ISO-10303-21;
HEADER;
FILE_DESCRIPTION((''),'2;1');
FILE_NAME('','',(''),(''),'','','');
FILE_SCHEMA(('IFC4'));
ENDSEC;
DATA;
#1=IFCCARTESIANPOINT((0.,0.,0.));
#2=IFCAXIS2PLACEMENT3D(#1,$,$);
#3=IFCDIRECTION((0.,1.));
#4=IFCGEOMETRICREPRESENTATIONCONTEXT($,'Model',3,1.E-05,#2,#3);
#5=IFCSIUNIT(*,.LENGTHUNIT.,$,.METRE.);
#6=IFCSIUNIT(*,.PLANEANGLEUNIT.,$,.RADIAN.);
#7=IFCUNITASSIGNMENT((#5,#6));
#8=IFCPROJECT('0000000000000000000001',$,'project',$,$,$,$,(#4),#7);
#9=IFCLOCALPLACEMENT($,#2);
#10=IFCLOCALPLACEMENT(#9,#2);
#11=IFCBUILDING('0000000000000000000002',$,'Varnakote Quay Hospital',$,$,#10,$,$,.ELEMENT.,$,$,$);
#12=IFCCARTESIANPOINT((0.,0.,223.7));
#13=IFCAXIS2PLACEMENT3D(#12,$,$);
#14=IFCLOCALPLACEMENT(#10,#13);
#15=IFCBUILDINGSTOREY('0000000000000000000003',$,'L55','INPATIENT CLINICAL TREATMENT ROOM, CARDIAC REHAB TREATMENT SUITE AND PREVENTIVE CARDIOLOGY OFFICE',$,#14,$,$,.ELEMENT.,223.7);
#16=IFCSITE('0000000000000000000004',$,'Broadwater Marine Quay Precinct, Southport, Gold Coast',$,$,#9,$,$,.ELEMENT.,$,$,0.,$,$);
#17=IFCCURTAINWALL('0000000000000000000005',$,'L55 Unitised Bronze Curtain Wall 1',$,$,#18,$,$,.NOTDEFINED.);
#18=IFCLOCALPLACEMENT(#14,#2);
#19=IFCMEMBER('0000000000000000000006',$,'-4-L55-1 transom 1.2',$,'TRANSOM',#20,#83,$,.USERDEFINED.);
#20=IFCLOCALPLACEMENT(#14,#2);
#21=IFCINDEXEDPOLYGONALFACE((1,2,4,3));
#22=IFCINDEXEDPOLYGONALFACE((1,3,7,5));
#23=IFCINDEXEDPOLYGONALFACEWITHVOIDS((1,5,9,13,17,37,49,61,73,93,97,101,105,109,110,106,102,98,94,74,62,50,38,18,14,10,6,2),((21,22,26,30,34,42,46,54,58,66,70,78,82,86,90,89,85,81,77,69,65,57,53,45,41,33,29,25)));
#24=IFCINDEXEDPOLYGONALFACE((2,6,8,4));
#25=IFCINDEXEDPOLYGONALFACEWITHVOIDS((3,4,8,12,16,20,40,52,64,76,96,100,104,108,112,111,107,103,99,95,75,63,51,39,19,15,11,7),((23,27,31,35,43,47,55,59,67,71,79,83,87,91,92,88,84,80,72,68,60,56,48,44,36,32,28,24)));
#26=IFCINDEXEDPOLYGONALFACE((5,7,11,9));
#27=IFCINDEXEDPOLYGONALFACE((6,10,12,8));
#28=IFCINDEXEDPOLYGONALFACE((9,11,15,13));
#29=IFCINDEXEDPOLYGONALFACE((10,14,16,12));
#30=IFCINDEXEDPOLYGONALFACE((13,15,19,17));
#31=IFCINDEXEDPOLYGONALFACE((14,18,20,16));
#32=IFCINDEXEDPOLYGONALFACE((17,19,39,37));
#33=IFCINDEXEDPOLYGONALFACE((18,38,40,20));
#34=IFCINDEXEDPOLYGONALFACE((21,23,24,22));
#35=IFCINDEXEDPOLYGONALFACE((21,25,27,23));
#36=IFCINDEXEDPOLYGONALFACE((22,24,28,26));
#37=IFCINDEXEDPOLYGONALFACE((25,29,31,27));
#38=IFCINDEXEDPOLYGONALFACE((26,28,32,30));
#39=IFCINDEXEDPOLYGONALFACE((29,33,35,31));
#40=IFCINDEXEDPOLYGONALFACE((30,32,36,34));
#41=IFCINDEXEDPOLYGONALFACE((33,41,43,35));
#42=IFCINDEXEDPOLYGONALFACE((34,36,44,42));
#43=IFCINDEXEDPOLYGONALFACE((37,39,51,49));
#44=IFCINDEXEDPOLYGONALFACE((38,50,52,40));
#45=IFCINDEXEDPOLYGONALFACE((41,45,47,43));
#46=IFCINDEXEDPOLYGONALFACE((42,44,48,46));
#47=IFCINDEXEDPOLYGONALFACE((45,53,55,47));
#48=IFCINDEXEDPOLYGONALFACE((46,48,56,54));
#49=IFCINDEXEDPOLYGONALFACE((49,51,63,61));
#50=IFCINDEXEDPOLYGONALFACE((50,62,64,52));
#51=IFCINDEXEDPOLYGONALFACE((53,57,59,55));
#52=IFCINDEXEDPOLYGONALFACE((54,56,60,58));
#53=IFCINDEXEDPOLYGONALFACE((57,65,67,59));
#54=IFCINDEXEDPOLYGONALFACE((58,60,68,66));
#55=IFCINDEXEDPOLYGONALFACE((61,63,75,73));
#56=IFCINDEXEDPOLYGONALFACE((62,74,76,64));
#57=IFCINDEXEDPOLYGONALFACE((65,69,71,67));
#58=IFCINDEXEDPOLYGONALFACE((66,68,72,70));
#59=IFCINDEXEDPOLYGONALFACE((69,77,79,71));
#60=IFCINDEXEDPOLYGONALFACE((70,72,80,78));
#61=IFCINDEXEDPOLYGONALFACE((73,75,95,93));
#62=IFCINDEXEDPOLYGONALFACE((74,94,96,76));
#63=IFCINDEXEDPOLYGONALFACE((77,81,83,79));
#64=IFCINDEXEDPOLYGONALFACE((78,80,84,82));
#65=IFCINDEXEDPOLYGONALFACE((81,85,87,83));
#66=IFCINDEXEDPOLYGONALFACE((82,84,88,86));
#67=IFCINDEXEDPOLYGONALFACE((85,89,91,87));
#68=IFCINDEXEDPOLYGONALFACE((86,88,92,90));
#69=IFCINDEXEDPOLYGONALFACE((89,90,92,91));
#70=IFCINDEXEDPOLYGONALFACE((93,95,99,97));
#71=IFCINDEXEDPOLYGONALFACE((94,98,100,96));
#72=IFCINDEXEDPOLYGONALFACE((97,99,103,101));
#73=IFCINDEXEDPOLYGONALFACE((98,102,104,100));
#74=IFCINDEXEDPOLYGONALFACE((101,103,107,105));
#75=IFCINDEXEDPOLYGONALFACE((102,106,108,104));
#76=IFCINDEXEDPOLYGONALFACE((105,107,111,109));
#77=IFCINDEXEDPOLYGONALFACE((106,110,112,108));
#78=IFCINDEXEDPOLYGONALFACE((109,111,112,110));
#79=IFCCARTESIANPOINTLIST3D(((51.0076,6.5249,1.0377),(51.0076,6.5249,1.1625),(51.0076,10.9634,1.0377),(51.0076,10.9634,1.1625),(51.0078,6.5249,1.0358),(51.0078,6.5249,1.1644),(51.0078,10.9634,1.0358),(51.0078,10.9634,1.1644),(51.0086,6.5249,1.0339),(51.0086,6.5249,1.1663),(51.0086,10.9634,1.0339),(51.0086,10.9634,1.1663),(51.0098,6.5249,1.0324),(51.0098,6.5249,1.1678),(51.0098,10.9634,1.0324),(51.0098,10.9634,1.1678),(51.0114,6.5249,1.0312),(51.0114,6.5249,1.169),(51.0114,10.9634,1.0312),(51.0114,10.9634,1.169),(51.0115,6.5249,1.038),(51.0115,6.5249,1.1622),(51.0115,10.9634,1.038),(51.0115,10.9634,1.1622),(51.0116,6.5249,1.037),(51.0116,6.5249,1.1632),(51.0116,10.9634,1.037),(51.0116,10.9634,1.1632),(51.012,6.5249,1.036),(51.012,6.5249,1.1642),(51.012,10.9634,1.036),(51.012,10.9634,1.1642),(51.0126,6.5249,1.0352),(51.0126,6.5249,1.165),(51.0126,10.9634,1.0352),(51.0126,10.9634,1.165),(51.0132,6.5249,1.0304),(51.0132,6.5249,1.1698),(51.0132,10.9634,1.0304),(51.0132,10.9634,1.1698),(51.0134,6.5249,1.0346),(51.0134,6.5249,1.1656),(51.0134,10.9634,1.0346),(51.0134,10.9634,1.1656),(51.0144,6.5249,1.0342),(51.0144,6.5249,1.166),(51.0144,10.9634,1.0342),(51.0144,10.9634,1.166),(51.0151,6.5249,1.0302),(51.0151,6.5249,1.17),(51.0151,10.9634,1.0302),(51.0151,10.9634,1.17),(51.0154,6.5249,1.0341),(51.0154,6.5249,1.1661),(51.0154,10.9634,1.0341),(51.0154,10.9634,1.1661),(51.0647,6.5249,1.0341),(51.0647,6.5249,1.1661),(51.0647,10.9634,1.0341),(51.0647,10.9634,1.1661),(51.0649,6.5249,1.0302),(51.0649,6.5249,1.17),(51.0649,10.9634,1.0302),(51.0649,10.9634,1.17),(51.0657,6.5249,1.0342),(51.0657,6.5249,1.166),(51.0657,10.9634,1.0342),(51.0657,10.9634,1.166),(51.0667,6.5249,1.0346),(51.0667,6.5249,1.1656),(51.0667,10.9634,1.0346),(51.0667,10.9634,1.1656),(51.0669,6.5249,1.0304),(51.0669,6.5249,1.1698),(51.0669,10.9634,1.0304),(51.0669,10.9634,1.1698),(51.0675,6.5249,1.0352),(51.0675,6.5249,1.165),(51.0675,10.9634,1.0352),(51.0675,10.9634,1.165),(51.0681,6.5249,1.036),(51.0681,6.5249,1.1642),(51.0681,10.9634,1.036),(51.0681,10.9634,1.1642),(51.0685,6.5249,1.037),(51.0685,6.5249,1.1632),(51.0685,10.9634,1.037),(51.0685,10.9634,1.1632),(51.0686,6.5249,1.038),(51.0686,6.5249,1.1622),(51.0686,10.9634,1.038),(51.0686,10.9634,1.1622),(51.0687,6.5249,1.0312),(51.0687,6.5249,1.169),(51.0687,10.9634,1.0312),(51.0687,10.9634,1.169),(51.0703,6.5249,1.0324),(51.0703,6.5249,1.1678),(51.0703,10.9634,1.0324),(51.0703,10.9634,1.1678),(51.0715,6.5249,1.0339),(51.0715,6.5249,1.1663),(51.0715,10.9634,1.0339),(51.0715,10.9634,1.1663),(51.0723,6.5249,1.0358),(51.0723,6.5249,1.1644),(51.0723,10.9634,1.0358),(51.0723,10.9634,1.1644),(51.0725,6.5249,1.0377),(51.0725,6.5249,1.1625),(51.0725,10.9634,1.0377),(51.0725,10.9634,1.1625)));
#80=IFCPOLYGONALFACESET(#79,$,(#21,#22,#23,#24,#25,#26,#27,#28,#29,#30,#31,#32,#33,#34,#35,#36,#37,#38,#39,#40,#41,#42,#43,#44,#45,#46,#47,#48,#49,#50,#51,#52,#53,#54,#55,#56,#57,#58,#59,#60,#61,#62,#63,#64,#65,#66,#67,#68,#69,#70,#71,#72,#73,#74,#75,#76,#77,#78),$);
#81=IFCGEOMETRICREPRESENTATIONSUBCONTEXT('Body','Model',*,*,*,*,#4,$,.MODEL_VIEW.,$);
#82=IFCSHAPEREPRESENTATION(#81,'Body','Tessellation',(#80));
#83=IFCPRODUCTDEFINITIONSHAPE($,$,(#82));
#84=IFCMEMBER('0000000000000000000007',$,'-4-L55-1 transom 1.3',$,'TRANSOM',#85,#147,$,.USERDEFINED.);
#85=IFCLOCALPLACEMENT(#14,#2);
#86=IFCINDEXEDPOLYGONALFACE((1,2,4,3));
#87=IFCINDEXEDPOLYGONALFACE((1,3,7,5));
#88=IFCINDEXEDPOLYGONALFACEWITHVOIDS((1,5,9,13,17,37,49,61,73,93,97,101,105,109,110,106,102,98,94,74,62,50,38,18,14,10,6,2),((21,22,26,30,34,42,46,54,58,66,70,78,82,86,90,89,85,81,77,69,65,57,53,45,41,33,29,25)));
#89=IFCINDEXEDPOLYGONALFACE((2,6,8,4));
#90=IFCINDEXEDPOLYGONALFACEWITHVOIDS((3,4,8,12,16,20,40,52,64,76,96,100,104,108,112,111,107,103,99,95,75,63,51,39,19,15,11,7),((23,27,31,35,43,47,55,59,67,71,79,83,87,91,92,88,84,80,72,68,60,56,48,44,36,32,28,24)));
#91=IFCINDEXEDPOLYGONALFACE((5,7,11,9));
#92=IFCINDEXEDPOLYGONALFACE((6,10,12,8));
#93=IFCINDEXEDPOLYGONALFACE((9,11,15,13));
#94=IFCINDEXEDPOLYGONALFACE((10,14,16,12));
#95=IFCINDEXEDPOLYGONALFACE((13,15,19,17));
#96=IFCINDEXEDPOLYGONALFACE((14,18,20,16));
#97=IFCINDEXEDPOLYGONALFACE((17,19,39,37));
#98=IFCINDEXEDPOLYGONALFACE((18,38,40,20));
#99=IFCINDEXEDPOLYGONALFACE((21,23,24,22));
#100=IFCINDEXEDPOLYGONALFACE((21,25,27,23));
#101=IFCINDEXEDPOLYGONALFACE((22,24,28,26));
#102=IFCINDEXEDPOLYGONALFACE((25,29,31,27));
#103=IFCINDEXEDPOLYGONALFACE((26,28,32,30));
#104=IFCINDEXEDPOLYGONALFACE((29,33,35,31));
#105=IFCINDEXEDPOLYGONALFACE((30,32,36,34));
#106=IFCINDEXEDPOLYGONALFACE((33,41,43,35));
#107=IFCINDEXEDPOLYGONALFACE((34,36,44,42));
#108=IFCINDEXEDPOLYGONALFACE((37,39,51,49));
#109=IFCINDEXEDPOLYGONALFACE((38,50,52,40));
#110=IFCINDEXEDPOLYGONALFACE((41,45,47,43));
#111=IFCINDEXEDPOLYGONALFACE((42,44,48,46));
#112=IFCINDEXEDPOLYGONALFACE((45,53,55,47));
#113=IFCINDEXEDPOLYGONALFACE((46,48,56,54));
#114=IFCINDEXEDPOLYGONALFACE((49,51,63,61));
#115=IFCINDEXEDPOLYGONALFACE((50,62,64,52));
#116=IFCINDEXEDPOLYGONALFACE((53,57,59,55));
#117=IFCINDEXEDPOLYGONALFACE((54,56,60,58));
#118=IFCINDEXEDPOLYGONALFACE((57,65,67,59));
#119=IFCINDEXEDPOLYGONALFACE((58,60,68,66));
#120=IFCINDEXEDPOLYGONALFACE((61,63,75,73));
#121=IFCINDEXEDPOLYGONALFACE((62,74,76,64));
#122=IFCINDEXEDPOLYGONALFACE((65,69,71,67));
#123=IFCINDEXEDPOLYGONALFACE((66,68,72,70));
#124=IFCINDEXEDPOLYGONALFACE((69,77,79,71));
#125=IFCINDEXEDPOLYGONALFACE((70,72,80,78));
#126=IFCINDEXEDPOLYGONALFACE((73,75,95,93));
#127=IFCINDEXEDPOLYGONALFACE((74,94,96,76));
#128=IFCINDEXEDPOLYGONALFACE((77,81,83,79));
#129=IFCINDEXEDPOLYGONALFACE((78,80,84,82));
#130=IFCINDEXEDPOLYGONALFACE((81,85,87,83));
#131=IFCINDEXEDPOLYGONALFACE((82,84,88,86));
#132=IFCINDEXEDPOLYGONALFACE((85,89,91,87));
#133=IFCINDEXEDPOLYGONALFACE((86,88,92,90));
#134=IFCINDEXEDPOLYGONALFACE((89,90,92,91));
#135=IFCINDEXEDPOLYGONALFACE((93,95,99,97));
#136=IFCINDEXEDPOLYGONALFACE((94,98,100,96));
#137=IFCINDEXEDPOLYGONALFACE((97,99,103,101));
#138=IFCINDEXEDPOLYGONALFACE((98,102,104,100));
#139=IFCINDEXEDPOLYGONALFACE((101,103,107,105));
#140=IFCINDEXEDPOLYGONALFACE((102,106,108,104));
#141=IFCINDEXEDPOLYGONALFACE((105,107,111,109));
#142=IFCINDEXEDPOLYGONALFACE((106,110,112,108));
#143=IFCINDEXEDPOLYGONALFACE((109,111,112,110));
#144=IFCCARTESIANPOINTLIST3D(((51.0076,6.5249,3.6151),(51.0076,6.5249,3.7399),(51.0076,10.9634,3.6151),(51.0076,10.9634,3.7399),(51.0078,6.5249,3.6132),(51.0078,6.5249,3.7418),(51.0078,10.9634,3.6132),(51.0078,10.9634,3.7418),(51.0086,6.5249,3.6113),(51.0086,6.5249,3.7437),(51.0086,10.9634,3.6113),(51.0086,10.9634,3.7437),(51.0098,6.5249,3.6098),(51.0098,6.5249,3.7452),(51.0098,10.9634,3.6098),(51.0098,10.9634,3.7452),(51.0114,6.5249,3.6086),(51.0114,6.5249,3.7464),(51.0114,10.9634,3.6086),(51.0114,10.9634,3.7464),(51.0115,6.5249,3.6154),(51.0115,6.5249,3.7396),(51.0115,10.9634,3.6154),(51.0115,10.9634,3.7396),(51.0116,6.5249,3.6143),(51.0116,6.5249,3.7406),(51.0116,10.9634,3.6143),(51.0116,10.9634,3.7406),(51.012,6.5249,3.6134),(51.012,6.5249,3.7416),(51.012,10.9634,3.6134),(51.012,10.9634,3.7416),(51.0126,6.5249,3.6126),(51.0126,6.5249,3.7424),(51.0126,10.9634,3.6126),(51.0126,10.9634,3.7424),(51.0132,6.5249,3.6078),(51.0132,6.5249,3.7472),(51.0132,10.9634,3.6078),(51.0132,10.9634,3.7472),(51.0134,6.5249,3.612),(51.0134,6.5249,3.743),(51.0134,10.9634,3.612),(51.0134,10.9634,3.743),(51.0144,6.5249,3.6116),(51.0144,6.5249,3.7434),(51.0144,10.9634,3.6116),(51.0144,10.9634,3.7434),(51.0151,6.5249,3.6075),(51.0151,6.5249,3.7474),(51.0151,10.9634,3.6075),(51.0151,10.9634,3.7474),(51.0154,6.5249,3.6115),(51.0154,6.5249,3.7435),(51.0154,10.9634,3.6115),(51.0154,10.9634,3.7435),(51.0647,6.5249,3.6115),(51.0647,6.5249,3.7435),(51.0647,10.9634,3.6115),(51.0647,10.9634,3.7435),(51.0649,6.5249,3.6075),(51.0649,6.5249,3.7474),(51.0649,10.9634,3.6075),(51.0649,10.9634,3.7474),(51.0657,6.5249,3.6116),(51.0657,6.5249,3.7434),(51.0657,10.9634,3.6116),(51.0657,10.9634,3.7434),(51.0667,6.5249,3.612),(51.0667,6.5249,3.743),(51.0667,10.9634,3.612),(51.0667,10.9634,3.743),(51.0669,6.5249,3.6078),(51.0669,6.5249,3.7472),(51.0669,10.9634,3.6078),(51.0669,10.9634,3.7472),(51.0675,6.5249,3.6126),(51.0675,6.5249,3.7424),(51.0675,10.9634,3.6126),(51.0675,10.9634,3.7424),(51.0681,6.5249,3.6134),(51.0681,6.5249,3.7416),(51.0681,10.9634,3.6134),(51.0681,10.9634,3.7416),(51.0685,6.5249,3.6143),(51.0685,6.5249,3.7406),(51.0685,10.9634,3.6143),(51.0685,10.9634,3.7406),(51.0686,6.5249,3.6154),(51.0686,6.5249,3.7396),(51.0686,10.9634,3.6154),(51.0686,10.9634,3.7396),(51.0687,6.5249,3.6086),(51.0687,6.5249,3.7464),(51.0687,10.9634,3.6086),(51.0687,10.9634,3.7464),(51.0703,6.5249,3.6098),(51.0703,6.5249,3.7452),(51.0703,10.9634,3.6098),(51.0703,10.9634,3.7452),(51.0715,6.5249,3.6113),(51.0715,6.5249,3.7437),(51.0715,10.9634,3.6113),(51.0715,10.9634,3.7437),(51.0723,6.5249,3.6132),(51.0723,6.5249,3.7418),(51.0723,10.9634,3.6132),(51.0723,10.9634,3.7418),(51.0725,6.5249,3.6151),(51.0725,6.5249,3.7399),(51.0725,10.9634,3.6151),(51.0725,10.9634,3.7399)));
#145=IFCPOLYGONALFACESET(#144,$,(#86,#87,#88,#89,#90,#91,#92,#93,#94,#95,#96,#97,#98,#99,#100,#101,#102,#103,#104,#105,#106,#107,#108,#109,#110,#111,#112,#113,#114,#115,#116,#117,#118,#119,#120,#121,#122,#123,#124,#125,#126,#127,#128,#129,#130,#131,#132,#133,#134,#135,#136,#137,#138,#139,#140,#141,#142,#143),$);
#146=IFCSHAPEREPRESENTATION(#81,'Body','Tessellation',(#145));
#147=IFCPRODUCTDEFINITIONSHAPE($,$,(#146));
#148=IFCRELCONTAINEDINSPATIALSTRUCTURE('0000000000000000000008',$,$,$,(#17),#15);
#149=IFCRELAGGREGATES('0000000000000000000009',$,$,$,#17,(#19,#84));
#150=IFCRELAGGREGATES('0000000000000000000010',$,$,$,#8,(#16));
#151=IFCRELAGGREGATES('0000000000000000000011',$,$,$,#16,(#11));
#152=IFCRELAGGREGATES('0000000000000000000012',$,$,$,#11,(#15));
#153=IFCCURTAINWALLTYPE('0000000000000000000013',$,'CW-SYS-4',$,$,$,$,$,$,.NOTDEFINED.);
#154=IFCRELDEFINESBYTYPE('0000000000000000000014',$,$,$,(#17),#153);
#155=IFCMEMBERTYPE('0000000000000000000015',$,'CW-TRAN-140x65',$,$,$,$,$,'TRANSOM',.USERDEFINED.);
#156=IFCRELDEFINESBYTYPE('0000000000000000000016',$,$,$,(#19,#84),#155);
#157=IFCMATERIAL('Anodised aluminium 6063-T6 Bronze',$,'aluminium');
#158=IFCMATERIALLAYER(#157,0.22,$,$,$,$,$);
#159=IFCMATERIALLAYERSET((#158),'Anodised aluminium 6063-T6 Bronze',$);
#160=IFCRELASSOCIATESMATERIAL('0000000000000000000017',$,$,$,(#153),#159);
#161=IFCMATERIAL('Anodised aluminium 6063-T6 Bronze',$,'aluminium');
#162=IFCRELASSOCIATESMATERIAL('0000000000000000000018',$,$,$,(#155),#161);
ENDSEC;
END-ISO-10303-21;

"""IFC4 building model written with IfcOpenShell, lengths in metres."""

from ifc_helpers import new_model, si_unit, direction, frame, origin, origin_2d, place, context, subcontext, project, spatial, hollow_rectangle, extrude, material, layer, layer_set, material_profile, profile_set, type_object, element, aggregate, save


model = new_model("IFC4")

# Units and contexts
model_context = context("Model", 3, precision=1e-05, world=origin(), true_north=direction((0.0, 1.0)))
body_context = subcontext(model_context, "Body", "Model", "MODEL_VIEW")
ifc_project = project(units=[si_unit("LENGTHUNIT", "METRE"), si_unit("PLANEANGLEUNIT", "RADIAN")], contexts=[model_context])

# Site, building, storey
site_placement = place(None, origin())
site = spatial("IfcSite", under=ifc_project, at=site_placement, Name="Broadwater Marine Quay Precinct, Southport, Gold Coast", CompositionType="ELEMENT", RefElevation=0.0)
building_placement = place(site_placement, origin())
building = spatial("IfcBuilding", under=site, at=building_placement, Name="Varnakote Quay Hospital", CompositionType="ELEMENT")
storey_placement = place(building_placement, frame((0.0, 0.0, 223.7)))
storey = spatial("IfcBuildingStorey", under=building, at=storey_placement, Name="L55", Description="INPATIENT CLINICAL TREATMENT ROOM, CARDIAC REHAB TREATMENT SUITE AND PREVENTIVE CARDIOLOGY OFFICE", CompositionType="ELEMENT", Elevation=223.7)

# Curtain wall, members
ifc_material_1 = material(Name="Anodised aluminium 6063-T6 Bronze", Category="aluminium")
ifc_layer_1 = layer(ifc_material_1, 0.22)
ifc_layer_set_1 = layer_set([ifc_layer_1], Name="Anodised aluminium 6063-T6 Bronze")
curtain_wall_type = type_object("IfcCurtainWallType", Name="CW-SYS-4", PredefinedType="NOTDEFINED", material=ifc_layer_set_1)
curtain_wall_placement = place(storey_placement, origin())
curtain_wall = element("IfcCurtainWall", 1, at=curtain_wall_placement, inside=storey, type_object=curtain_wall_type, Name="L55 Unitised Bronze Curtain Wall 1", PredefinedType="NOTDEFINED")
ifc_material_2 = material(Name="Anodised aluminium 6063-T6 Bronze", Category="aluminium")
ifc_material_profile_1 = material_profile(ifc_material_2, hollow_rectangle(XDim=0.0649, YDim=0.1399, WallThickness=0.0039, InnerFilletRadius=0.0039, OuterFilletRadius=0.0076, at=origin_2d()), Name="CW-TRAN-140x65")
ifc_profile_set_1 = profile_set([ifc_material_profile_1], Name="Anodised aluminium 6063-T6 Bronze")
member_type_1 = type_object("IfcMemberType", Name="CW-TRAN-140x65", ElementType="TRANSOM", PredefinedType="USERDEFINED", material=ifc_profile_set_1)
member_1_placement = place(storey_placement, frame((51.04, 6.5249, 1.1001), z_axis=(0.0, 1.0, 0.0), x_axis=(-1.0, 0.0, 0.0)))
member_1 = element("IfcMember", 2, at=member_1_placement, type_object=member_type_1, Name="-4-L55-1 transom 1.2", ObjectType="TRANSOM", PredefinedType="USERDEFINED", context=body_context, shape_type="SweptSolid", body=[
    extrude(hollow_rectangle(XDim=0.0649, YDim=0.1399, WallThickness=0.0039, InnerFilletRadius=0.0039, OuterFilletRadius=0.0076, at=origin_2d()), origin(), (0.0, 0.0, 1.0), 4.4385),
])
member_2_placement = place(storey_placement, frame((51.04, 6.5249, 3.6775), z_axis=(0.0, 1.0, 0.0), x_axis=(-1.0, 0.0, 0.0)))
member_2 = element("IfcMember", 3, at=member_2_placement, type_object=member_type_1, Name="-4-L55-1 transom 1.3", ObjectType="TRANSOM", PredefinedType="USERDEFINED", context=body_context, shape_type="SweptSolid", body=[
    extrude(hollow_rectangle(XDim=0.0649, YDim=0.1399, WallThickness=0.0039, InnerFilletRadius=0.0039, OuterFilletRadius=0.0076, at=origin_2d()), origin(), (0.0, 0.0, 1.0), 4.4385),
])
aggregate(curtain_wall, [member_1, member_2])

save(model, "model.ifc")
